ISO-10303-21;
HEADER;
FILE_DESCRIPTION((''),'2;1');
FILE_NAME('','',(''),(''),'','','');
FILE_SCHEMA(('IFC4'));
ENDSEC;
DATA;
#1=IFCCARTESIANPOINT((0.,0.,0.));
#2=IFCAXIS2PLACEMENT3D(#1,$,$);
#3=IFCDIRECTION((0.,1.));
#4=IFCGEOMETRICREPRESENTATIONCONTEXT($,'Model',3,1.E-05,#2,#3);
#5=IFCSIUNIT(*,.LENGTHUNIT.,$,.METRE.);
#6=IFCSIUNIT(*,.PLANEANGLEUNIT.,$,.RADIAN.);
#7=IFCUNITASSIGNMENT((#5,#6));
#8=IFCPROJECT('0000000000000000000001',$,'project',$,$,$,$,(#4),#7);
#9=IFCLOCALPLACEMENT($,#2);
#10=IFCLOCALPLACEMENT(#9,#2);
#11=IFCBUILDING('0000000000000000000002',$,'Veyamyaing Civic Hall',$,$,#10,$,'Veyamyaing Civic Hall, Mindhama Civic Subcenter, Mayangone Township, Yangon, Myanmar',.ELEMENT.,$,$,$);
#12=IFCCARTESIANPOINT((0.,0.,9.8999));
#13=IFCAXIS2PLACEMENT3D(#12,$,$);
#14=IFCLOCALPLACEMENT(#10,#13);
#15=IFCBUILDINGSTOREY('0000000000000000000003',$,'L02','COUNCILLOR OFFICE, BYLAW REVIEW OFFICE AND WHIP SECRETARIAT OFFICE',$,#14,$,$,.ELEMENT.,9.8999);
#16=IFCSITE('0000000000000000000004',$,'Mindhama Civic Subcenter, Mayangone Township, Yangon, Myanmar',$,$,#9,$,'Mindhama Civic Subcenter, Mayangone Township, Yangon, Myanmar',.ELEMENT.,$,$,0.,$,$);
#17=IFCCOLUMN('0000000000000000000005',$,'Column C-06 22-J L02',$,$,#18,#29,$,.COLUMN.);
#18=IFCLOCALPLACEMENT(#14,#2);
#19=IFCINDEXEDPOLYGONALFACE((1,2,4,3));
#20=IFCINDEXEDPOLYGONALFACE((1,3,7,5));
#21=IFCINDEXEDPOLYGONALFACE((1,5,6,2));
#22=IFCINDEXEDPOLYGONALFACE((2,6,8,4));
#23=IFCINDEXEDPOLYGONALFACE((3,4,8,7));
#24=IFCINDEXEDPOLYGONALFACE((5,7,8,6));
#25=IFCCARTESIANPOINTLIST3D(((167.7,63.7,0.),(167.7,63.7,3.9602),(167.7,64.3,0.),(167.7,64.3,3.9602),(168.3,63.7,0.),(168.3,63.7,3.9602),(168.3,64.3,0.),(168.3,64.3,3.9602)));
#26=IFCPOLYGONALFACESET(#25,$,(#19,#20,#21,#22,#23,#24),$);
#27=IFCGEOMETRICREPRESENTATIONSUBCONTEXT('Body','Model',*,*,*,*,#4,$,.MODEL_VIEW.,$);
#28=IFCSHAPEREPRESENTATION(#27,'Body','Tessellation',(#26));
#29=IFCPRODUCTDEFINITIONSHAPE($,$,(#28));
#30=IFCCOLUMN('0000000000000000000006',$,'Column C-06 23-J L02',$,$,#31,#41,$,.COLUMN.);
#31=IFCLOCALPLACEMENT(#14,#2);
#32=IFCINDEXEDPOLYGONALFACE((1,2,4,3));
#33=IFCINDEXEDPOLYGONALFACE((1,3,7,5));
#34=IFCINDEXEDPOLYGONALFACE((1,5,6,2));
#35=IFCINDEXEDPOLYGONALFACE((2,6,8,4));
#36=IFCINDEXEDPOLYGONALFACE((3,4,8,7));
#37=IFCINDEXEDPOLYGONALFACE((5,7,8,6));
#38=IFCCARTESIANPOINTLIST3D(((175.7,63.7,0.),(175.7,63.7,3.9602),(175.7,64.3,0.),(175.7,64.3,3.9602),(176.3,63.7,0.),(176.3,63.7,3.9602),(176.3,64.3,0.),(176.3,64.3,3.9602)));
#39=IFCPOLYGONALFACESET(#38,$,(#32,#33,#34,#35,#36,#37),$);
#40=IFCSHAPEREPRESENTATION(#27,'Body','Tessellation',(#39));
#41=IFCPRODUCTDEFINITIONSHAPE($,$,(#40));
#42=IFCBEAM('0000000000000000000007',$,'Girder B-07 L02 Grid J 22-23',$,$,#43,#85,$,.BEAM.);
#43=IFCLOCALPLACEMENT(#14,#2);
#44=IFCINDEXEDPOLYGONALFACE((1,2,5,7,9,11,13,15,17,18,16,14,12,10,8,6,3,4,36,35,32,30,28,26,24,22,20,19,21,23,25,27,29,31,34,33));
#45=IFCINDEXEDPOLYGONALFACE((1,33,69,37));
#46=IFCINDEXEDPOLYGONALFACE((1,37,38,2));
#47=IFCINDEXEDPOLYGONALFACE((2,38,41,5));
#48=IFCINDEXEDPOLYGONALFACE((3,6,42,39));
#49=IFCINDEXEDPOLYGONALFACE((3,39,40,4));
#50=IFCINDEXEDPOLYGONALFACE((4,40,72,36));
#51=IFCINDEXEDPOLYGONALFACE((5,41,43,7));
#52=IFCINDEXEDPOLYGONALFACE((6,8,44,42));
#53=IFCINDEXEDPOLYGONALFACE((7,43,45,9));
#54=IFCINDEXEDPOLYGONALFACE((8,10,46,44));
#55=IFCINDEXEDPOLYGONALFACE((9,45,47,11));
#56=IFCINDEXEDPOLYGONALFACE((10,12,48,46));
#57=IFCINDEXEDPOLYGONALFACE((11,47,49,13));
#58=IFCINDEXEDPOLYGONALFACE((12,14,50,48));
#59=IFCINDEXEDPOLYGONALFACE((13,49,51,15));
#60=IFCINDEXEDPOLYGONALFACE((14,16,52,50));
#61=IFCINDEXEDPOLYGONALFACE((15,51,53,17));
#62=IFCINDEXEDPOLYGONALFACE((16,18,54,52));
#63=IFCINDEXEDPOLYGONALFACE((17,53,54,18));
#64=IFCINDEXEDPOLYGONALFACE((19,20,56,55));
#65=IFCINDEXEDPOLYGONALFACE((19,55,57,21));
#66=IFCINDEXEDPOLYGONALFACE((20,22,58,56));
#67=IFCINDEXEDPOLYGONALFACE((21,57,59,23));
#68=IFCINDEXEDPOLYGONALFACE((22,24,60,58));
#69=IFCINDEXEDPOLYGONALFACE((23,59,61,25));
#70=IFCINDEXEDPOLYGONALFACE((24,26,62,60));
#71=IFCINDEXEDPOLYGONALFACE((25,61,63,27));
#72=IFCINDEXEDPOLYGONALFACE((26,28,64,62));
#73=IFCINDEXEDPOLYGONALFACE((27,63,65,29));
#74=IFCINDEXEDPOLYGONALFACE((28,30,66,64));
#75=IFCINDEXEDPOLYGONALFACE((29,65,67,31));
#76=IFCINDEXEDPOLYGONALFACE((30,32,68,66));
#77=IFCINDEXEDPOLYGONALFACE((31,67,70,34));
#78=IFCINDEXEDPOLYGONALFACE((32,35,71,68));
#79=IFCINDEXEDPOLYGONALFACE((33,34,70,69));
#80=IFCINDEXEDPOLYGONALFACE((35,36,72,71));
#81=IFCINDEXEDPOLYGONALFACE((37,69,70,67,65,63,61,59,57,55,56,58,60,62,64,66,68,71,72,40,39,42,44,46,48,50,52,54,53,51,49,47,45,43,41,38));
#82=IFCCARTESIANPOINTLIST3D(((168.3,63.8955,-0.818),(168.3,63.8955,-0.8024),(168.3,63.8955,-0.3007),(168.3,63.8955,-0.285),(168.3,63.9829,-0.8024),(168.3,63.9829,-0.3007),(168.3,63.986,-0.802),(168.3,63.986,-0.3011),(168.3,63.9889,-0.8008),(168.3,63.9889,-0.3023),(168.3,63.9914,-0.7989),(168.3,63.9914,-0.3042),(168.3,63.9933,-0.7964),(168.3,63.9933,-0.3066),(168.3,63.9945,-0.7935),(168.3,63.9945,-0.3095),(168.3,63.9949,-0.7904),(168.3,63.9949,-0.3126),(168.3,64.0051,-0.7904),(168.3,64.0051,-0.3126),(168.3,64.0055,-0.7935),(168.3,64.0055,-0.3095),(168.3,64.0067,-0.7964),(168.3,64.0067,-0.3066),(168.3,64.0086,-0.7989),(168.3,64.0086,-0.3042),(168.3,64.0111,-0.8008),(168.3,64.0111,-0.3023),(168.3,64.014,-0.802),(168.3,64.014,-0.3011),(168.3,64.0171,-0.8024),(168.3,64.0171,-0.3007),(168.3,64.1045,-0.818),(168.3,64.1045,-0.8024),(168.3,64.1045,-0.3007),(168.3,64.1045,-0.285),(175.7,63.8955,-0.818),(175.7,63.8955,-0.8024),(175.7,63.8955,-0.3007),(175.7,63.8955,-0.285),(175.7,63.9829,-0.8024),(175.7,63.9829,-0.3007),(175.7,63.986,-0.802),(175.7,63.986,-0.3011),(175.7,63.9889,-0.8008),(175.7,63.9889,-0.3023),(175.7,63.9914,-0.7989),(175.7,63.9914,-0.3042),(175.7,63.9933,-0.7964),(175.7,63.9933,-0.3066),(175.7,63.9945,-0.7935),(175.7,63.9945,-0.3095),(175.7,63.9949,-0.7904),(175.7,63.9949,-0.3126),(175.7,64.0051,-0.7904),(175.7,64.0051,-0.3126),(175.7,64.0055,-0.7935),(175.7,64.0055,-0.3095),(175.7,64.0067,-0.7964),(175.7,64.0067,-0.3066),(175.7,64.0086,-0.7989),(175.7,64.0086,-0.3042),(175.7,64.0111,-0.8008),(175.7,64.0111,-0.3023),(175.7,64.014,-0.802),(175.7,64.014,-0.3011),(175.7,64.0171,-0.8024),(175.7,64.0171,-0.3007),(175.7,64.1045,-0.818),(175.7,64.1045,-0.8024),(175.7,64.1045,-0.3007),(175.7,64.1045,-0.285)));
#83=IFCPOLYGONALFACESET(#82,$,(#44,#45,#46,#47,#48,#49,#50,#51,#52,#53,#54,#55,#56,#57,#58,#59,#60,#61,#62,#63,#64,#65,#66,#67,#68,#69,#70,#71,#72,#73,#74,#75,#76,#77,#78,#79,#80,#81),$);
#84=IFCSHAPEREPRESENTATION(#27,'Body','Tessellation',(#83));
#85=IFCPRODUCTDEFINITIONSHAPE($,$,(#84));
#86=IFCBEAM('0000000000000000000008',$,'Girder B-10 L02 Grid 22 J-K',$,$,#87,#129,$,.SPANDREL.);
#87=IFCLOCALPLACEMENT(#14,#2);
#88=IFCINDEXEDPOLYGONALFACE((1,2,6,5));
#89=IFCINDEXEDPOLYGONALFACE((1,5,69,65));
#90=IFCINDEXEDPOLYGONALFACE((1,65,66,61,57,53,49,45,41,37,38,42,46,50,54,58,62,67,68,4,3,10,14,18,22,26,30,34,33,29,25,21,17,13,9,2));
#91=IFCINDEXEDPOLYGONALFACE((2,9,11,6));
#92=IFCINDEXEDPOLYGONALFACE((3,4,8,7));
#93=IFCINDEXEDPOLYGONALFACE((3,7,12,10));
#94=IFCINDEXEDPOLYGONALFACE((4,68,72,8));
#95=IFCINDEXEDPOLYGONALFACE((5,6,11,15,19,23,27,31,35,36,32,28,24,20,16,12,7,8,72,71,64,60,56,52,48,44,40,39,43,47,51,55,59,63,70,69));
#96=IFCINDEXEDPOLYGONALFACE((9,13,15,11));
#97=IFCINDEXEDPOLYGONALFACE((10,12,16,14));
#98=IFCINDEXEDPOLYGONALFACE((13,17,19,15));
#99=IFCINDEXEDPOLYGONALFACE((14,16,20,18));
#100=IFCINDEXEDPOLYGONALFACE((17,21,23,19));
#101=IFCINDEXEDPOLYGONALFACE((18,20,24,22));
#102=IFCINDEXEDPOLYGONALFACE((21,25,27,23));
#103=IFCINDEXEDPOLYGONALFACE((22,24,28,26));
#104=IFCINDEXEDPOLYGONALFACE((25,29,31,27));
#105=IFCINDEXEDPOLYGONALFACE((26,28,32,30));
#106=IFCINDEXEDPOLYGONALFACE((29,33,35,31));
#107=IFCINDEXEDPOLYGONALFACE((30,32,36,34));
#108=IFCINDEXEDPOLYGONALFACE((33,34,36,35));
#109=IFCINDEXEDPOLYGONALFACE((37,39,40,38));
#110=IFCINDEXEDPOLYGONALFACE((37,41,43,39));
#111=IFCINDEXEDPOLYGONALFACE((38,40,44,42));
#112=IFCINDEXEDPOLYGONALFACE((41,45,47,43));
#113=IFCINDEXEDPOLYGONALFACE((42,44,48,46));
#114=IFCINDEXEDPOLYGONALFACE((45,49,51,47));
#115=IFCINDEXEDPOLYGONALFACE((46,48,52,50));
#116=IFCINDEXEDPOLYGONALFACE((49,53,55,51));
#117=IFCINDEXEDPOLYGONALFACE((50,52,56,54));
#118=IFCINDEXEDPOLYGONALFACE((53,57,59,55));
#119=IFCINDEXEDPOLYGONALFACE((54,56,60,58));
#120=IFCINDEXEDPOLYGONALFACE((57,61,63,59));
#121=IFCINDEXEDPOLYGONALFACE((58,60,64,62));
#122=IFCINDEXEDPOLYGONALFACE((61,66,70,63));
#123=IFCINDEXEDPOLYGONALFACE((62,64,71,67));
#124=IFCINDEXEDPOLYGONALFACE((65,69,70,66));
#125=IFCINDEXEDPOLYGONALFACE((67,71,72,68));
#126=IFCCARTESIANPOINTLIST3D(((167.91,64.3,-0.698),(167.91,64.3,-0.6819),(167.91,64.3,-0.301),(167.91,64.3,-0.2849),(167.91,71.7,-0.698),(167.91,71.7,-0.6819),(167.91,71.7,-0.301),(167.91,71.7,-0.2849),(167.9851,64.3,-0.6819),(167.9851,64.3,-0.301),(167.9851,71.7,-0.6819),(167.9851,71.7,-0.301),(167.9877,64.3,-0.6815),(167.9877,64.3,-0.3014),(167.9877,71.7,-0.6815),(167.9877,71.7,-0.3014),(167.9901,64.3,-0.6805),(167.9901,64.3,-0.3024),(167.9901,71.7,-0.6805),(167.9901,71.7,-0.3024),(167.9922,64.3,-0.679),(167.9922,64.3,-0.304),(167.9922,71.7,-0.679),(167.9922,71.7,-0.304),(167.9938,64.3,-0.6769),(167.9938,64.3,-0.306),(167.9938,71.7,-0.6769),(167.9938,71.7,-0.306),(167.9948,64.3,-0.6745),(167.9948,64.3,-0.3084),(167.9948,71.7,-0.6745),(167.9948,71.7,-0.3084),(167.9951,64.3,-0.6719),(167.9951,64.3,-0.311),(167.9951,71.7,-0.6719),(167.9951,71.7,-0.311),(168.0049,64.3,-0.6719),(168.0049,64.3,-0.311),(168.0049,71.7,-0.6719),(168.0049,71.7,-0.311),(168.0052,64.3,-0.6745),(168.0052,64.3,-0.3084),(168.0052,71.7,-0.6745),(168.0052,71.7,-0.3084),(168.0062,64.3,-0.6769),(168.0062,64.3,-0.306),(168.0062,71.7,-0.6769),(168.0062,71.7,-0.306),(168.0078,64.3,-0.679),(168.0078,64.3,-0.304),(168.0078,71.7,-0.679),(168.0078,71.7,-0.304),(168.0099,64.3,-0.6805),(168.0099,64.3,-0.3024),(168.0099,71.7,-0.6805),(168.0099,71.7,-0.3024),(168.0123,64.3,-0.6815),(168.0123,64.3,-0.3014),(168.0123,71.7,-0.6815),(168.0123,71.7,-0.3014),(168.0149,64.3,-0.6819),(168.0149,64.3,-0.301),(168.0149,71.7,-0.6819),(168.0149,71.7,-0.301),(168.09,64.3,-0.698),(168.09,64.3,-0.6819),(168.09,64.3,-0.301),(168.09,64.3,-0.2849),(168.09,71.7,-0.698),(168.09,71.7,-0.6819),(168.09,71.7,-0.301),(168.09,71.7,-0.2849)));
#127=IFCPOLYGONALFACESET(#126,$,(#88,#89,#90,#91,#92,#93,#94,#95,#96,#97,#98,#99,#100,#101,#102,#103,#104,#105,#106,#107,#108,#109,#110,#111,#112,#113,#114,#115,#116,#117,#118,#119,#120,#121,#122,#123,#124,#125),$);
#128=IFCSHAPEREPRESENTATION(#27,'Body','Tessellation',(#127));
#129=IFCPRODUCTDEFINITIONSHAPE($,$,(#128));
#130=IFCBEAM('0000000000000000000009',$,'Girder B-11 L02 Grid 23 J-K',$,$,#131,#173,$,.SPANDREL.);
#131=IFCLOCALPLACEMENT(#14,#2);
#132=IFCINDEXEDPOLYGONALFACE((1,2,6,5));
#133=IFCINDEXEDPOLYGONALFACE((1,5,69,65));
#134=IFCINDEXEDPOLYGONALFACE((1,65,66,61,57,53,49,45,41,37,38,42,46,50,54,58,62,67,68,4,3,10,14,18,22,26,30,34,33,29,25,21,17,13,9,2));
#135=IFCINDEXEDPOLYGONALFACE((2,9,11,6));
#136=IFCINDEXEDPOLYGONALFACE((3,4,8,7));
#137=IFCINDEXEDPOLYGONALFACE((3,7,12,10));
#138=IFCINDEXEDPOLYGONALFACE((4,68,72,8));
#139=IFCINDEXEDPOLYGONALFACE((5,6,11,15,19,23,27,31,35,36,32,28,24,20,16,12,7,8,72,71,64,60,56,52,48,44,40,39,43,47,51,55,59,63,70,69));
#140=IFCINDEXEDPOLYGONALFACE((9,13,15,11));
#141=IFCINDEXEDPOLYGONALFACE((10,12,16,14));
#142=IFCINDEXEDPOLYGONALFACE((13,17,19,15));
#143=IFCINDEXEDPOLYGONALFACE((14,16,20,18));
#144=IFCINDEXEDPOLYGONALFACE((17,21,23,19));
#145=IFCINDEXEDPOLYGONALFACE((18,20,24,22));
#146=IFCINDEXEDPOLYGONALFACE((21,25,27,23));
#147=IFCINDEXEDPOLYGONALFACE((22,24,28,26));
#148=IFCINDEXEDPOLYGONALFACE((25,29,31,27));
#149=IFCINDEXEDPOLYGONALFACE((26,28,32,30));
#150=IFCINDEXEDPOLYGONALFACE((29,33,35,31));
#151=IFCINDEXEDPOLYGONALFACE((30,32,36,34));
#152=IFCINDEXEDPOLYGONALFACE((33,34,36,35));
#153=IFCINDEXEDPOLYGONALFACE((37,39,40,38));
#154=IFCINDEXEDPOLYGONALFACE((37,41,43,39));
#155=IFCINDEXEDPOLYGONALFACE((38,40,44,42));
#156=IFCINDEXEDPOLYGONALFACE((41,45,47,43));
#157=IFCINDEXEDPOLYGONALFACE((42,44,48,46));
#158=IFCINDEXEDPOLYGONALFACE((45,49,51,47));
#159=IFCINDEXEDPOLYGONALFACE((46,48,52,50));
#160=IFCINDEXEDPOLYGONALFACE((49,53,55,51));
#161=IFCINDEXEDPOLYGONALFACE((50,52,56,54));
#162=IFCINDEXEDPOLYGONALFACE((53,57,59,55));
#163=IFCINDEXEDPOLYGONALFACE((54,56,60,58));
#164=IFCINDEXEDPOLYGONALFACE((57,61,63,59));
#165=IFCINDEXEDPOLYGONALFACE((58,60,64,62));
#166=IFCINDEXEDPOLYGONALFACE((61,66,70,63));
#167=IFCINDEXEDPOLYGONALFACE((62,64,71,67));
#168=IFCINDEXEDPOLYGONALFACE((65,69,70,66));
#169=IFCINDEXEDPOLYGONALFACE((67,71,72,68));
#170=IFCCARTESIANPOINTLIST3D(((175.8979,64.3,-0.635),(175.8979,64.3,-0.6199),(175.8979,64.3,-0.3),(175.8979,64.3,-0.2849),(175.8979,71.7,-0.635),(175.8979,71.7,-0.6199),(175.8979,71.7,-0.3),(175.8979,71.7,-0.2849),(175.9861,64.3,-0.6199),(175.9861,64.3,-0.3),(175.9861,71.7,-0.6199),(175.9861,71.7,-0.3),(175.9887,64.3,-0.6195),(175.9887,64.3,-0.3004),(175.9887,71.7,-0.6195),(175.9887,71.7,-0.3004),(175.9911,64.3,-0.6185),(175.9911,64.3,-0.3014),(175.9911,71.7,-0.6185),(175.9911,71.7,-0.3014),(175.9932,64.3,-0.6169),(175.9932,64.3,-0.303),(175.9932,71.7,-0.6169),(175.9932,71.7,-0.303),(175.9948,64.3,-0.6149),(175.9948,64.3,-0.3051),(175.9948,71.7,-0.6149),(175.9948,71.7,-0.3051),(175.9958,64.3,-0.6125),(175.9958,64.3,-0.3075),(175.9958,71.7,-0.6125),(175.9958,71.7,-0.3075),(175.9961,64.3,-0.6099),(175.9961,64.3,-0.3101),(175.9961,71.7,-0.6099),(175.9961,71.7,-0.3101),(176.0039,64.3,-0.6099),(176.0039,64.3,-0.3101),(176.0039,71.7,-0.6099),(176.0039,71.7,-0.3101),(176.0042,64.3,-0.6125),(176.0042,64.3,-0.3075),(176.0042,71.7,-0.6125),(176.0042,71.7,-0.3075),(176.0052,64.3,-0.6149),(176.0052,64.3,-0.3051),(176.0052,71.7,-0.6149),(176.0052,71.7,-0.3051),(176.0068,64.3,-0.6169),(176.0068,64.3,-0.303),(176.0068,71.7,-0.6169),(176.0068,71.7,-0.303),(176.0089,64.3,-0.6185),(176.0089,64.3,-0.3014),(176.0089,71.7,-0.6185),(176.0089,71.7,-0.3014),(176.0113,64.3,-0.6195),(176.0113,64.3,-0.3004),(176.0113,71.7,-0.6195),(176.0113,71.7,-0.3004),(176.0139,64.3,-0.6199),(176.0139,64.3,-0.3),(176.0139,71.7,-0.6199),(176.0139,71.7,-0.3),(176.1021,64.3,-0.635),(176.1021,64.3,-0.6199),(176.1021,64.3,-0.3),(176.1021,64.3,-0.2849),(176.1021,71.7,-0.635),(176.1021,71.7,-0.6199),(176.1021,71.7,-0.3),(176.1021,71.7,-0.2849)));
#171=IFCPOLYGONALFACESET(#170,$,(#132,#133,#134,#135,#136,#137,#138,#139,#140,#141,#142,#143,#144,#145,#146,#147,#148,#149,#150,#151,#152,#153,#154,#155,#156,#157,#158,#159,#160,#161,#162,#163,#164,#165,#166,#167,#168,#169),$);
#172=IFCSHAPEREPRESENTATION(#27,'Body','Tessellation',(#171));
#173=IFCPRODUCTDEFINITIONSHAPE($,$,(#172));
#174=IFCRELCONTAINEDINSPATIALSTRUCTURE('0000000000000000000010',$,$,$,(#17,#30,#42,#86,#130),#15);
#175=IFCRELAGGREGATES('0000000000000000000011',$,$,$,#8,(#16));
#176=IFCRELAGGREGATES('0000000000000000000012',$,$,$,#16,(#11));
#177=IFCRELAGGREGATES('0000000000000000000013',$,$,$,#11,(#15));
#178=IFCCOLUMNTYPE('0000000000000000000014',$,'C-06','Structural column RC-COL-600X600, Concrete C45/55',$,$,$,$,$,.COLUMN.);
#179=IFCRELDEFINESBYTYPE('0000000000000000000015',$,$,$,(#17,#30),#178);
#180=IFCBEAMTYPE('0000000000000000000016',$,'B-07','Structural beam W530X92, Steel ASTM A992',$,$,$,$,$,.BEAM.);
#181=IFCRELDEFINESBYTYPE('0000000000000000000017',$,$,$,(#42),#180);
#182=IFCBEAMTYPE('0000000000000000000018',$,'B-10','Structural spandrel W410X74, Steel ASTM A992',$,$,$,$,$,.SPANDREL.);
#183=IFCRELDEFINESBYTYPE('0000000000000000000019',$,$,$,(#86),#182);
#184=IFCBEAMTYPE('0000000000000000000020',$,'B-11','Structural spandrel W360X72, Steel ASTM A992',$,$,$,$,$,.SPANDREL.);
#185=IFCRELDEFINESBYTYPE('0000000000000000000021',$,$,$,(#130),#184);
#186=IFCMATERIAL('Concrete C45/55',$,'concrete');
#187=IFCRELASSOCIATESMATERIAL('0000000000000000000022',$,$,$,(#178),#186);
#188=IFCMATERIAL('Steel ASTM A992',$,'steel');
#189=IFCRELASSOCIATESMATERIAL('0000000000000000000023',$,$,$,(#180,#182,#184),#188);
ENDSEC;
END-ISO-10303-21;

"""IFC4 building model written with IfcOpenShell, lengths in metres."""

from ifc_helpers import new_model, si_unit, direction, frame, origin, origin_2d, place, context, subcontext, project, spatial, rectangle, i_section, extrude, material, material_profile, profile_set, type_object, element, save


model = new_model("IFC4")

# Units and contexts
model_context = context("Model", 3, precision=1e-05, world=origin(), true_north=direction((0.0, 1.0)))
body_context = subcontext(model_context, "Body", "Model", "MODEL_VIEW")
ifc_project = project(units=[si_unit("LENGTHUNIT", "METRE"), si_unit("PLANEANGLEUNIT", "RADIAN")], contexts=[model_context])

# Site, building, storey
site_placement = place(None, origin())
site = spatial("IfcSite", under=ifc_project, at=site_placement, Name="Mindhama Civic Subcenter, Mayangone Township, Yangon, Myanmar", LongName="Mindhama Civic Subcenter, Mayangone Township, Yangon, Myanmar", CompositionType="ELEMENT", RefElevation=0.0)
building_placement = place(site_placement, origin())
building = spatial("IfcBuilding", under=site, at=building_placement, Name="Veyamyaing Civic Hall", LongName="Veyamyaing Civic Hall, Mindhama Civic Subcenter, Mayangone Township, Yangon, Myanmar", CompositionType="ELEMENT")
storey_placement = place(building_placement, frame((0.0, 0.0, 9.8999)))
storey = spatial("IfcBuildingStorey", under=building, at=storey_placement, Name="L02", Description="COUNCILLOR OFFICE, BYLAW REVIEW OFFICE AND WHIP SECRETARIAT OFFICE", CompositionType="ELEMENT", Elevation=9.8999)

# Columns
ifc_material_1 = material(Name="Concrete C45/55", Category="concrete")
ifc_material_profile_1 = material_profile(ifc_material_1, rectangle(XDim=0.6001, YDim=0.6001, at=origin_2d()), Name="RC-COL-600X600")
ifc_profile_set_1 = profile_set([ifc_material_profile_1], Name="Concrete C45/55")
column_type = type_object("IfcColumnType", Name="C-06", Description="Structural column RC-COL-600X600, Concrete C45/55", PredefinedType="COLUMN", material=ifc_profile_set_1)
for number, where, z_axis, x_axis, name in (
    (1, (168.0, 64.0, 0.0), (0.0, 0.0, 1.0), (1.0, 0.0, 0.0), "Column C-06 22-J L02"),
    (2, (176.0, 64.0, 0.0), (0.0, 0.0, 1.0), (1.0, 0.0, 0.0), "Column C-06 23-J L02"),
):
    element("IfcColumn", number, at=place(storey_placement, frame(where, z_axis=z_axis, x_axis=x_axis)), inside=storey, type_object=column_type, Name=name, PredefinedType="COLUMN", context=body_context, shape_type="SweptSolid", body=[
        extrude(rectangle(XDim=0.6001, YDim=0.6001, at=origin_2d()), origin(), (0.0, 0.0, 1.0), 3.9602),
    ])

# Beams
ifc_material_2 = material(Name="Steel ASTM A992", Category="steel")
ifc_material_profile_2 = material_profile(ifc_material_2, i_section(OverallWidth=0.209, OverallDepth=0.533, WebThickness=0.0103, FlangeThickness=0.0156, FilletRadius=0.012, at=origin_2d()), Name="W530X92")
ifc_profile_set_2 = profile_set([ifc_material_profile_2], Name="Steel ASTM A992")
beam_type_1 = type_object("IfcBeamType", Name="B-07", Description="Structural beam W530X92, Steel ASTM A992", PredefinedType="BEAM", material=ifc_profile_set_2)
beam_1_placement = place(storey_placement, frame((168.3, 64.0, -0.5515), z_axis=(1.0, 0.0, 0.0), x_axis=(0.0, 1.0, 0.0)))
element("IfcBeam", 3, at=beam_1_placement, inside=storey, type_object=beam_type_1, Name="Girder B-07 L02 Grid J 22-23", PredefinedType="BEAM", context=body_context, shape_type="SweptSolid", body=[
    extrude(i_section(OverallWidth=0.209, OverallDepth=0.533, WebThickness=0.0103, FlangeThickness=0.0156, FilletRadius=0.012, at=origin_2d()), origin(), (0.0, 0.0, 1.0), 7.3999),
])
ifc_material_profile_3 = material_profile(ifc_material_2, i_section(OverallWidth=0.1799, OverallDepth=0.4131, WebThickness=0.0098, FlangeThickness=0.0161, FilletRadius=0.01, at=origin_2d()), Name="W410X74")
ifc_profile_set_3 = profile_set([ifc_material_profile_3], Name="Steel ASTM A992")
beam_type_2 = type_object("IfcBeamType", Name="B-10", Description="Structural spandrel W410X74, Steel ASTM A992", PredefinedType="SPANDREL", material=ifc_profile_set_3)
beam_2_placement = place(storey_placement, frame((168.0, 64.3, -0.4915), z_axis=(0.0, 1.0, 0.0), x_axis=(-1.0, 0.0, 0.0)))
element("IfcBeam", 4, at=beam_2_placement, inside=storey, type_object=beam_type_2, Name="Girder B-10 L02 Grid 22 J-K", PredefinedType="SPANDREL", context=body_context, shape_type="SweptSolid", body=[
    extrude(i_section(OverallWidth=0.1799, OverallDepth=0.4131, WebThickness=0.0098, FlangeThickness=0.0161, FilletRadius=0.01, at=origin_2d()), origin(), (0.0, 0.0, 1.0), 7.3999),
])
ifc_material_profile_4 = material_profile(ifc_material_2, i_section(OverallWidth=0.2041, OverallDepth=0.3501, WebThickness=0.0078, FlangeThickness=0.0151, FilletRadius=0.01, at=origin_2d()), Name="W360X72")
ifc_profile_set_4 = profile_set([ifc_material_profile_4], Name="Steel ASTM A992")
beam_type_3 = type_object("IfcBeamType", Name="B-11", Description="Structural spandrel W360X72, Steel ASTM A992", PredefinedType="SPANDREL", material=ifc_profile_set_4)
beam_3_placement = place(storey_placement, frame((176.0, 64.3, -0.46), z_axis=(0.0, 1.0, 0.0), x_axis=(-1.0, 0.0, 0.0)))
element("IfcBeam", 5, at=beam_3_placement, inside=storey, type_object=beam_type_3, Name="Girder B-11 L02 Grid 23 J-K", PredefinedType="SPANDREL", context=body_context, shape_type="SweptSolid", body=[
    extrude(i_section(OverallWidth=0.2041, OverallDepth=0.3501, WebThickness=0.0078, FlangeThickness=0.0151, FilletRadius=0.01, at=origin_2d()), origin(), (0.0, 0.0, 1.0), 7.3999),
])

save(model, "model.ifc")
